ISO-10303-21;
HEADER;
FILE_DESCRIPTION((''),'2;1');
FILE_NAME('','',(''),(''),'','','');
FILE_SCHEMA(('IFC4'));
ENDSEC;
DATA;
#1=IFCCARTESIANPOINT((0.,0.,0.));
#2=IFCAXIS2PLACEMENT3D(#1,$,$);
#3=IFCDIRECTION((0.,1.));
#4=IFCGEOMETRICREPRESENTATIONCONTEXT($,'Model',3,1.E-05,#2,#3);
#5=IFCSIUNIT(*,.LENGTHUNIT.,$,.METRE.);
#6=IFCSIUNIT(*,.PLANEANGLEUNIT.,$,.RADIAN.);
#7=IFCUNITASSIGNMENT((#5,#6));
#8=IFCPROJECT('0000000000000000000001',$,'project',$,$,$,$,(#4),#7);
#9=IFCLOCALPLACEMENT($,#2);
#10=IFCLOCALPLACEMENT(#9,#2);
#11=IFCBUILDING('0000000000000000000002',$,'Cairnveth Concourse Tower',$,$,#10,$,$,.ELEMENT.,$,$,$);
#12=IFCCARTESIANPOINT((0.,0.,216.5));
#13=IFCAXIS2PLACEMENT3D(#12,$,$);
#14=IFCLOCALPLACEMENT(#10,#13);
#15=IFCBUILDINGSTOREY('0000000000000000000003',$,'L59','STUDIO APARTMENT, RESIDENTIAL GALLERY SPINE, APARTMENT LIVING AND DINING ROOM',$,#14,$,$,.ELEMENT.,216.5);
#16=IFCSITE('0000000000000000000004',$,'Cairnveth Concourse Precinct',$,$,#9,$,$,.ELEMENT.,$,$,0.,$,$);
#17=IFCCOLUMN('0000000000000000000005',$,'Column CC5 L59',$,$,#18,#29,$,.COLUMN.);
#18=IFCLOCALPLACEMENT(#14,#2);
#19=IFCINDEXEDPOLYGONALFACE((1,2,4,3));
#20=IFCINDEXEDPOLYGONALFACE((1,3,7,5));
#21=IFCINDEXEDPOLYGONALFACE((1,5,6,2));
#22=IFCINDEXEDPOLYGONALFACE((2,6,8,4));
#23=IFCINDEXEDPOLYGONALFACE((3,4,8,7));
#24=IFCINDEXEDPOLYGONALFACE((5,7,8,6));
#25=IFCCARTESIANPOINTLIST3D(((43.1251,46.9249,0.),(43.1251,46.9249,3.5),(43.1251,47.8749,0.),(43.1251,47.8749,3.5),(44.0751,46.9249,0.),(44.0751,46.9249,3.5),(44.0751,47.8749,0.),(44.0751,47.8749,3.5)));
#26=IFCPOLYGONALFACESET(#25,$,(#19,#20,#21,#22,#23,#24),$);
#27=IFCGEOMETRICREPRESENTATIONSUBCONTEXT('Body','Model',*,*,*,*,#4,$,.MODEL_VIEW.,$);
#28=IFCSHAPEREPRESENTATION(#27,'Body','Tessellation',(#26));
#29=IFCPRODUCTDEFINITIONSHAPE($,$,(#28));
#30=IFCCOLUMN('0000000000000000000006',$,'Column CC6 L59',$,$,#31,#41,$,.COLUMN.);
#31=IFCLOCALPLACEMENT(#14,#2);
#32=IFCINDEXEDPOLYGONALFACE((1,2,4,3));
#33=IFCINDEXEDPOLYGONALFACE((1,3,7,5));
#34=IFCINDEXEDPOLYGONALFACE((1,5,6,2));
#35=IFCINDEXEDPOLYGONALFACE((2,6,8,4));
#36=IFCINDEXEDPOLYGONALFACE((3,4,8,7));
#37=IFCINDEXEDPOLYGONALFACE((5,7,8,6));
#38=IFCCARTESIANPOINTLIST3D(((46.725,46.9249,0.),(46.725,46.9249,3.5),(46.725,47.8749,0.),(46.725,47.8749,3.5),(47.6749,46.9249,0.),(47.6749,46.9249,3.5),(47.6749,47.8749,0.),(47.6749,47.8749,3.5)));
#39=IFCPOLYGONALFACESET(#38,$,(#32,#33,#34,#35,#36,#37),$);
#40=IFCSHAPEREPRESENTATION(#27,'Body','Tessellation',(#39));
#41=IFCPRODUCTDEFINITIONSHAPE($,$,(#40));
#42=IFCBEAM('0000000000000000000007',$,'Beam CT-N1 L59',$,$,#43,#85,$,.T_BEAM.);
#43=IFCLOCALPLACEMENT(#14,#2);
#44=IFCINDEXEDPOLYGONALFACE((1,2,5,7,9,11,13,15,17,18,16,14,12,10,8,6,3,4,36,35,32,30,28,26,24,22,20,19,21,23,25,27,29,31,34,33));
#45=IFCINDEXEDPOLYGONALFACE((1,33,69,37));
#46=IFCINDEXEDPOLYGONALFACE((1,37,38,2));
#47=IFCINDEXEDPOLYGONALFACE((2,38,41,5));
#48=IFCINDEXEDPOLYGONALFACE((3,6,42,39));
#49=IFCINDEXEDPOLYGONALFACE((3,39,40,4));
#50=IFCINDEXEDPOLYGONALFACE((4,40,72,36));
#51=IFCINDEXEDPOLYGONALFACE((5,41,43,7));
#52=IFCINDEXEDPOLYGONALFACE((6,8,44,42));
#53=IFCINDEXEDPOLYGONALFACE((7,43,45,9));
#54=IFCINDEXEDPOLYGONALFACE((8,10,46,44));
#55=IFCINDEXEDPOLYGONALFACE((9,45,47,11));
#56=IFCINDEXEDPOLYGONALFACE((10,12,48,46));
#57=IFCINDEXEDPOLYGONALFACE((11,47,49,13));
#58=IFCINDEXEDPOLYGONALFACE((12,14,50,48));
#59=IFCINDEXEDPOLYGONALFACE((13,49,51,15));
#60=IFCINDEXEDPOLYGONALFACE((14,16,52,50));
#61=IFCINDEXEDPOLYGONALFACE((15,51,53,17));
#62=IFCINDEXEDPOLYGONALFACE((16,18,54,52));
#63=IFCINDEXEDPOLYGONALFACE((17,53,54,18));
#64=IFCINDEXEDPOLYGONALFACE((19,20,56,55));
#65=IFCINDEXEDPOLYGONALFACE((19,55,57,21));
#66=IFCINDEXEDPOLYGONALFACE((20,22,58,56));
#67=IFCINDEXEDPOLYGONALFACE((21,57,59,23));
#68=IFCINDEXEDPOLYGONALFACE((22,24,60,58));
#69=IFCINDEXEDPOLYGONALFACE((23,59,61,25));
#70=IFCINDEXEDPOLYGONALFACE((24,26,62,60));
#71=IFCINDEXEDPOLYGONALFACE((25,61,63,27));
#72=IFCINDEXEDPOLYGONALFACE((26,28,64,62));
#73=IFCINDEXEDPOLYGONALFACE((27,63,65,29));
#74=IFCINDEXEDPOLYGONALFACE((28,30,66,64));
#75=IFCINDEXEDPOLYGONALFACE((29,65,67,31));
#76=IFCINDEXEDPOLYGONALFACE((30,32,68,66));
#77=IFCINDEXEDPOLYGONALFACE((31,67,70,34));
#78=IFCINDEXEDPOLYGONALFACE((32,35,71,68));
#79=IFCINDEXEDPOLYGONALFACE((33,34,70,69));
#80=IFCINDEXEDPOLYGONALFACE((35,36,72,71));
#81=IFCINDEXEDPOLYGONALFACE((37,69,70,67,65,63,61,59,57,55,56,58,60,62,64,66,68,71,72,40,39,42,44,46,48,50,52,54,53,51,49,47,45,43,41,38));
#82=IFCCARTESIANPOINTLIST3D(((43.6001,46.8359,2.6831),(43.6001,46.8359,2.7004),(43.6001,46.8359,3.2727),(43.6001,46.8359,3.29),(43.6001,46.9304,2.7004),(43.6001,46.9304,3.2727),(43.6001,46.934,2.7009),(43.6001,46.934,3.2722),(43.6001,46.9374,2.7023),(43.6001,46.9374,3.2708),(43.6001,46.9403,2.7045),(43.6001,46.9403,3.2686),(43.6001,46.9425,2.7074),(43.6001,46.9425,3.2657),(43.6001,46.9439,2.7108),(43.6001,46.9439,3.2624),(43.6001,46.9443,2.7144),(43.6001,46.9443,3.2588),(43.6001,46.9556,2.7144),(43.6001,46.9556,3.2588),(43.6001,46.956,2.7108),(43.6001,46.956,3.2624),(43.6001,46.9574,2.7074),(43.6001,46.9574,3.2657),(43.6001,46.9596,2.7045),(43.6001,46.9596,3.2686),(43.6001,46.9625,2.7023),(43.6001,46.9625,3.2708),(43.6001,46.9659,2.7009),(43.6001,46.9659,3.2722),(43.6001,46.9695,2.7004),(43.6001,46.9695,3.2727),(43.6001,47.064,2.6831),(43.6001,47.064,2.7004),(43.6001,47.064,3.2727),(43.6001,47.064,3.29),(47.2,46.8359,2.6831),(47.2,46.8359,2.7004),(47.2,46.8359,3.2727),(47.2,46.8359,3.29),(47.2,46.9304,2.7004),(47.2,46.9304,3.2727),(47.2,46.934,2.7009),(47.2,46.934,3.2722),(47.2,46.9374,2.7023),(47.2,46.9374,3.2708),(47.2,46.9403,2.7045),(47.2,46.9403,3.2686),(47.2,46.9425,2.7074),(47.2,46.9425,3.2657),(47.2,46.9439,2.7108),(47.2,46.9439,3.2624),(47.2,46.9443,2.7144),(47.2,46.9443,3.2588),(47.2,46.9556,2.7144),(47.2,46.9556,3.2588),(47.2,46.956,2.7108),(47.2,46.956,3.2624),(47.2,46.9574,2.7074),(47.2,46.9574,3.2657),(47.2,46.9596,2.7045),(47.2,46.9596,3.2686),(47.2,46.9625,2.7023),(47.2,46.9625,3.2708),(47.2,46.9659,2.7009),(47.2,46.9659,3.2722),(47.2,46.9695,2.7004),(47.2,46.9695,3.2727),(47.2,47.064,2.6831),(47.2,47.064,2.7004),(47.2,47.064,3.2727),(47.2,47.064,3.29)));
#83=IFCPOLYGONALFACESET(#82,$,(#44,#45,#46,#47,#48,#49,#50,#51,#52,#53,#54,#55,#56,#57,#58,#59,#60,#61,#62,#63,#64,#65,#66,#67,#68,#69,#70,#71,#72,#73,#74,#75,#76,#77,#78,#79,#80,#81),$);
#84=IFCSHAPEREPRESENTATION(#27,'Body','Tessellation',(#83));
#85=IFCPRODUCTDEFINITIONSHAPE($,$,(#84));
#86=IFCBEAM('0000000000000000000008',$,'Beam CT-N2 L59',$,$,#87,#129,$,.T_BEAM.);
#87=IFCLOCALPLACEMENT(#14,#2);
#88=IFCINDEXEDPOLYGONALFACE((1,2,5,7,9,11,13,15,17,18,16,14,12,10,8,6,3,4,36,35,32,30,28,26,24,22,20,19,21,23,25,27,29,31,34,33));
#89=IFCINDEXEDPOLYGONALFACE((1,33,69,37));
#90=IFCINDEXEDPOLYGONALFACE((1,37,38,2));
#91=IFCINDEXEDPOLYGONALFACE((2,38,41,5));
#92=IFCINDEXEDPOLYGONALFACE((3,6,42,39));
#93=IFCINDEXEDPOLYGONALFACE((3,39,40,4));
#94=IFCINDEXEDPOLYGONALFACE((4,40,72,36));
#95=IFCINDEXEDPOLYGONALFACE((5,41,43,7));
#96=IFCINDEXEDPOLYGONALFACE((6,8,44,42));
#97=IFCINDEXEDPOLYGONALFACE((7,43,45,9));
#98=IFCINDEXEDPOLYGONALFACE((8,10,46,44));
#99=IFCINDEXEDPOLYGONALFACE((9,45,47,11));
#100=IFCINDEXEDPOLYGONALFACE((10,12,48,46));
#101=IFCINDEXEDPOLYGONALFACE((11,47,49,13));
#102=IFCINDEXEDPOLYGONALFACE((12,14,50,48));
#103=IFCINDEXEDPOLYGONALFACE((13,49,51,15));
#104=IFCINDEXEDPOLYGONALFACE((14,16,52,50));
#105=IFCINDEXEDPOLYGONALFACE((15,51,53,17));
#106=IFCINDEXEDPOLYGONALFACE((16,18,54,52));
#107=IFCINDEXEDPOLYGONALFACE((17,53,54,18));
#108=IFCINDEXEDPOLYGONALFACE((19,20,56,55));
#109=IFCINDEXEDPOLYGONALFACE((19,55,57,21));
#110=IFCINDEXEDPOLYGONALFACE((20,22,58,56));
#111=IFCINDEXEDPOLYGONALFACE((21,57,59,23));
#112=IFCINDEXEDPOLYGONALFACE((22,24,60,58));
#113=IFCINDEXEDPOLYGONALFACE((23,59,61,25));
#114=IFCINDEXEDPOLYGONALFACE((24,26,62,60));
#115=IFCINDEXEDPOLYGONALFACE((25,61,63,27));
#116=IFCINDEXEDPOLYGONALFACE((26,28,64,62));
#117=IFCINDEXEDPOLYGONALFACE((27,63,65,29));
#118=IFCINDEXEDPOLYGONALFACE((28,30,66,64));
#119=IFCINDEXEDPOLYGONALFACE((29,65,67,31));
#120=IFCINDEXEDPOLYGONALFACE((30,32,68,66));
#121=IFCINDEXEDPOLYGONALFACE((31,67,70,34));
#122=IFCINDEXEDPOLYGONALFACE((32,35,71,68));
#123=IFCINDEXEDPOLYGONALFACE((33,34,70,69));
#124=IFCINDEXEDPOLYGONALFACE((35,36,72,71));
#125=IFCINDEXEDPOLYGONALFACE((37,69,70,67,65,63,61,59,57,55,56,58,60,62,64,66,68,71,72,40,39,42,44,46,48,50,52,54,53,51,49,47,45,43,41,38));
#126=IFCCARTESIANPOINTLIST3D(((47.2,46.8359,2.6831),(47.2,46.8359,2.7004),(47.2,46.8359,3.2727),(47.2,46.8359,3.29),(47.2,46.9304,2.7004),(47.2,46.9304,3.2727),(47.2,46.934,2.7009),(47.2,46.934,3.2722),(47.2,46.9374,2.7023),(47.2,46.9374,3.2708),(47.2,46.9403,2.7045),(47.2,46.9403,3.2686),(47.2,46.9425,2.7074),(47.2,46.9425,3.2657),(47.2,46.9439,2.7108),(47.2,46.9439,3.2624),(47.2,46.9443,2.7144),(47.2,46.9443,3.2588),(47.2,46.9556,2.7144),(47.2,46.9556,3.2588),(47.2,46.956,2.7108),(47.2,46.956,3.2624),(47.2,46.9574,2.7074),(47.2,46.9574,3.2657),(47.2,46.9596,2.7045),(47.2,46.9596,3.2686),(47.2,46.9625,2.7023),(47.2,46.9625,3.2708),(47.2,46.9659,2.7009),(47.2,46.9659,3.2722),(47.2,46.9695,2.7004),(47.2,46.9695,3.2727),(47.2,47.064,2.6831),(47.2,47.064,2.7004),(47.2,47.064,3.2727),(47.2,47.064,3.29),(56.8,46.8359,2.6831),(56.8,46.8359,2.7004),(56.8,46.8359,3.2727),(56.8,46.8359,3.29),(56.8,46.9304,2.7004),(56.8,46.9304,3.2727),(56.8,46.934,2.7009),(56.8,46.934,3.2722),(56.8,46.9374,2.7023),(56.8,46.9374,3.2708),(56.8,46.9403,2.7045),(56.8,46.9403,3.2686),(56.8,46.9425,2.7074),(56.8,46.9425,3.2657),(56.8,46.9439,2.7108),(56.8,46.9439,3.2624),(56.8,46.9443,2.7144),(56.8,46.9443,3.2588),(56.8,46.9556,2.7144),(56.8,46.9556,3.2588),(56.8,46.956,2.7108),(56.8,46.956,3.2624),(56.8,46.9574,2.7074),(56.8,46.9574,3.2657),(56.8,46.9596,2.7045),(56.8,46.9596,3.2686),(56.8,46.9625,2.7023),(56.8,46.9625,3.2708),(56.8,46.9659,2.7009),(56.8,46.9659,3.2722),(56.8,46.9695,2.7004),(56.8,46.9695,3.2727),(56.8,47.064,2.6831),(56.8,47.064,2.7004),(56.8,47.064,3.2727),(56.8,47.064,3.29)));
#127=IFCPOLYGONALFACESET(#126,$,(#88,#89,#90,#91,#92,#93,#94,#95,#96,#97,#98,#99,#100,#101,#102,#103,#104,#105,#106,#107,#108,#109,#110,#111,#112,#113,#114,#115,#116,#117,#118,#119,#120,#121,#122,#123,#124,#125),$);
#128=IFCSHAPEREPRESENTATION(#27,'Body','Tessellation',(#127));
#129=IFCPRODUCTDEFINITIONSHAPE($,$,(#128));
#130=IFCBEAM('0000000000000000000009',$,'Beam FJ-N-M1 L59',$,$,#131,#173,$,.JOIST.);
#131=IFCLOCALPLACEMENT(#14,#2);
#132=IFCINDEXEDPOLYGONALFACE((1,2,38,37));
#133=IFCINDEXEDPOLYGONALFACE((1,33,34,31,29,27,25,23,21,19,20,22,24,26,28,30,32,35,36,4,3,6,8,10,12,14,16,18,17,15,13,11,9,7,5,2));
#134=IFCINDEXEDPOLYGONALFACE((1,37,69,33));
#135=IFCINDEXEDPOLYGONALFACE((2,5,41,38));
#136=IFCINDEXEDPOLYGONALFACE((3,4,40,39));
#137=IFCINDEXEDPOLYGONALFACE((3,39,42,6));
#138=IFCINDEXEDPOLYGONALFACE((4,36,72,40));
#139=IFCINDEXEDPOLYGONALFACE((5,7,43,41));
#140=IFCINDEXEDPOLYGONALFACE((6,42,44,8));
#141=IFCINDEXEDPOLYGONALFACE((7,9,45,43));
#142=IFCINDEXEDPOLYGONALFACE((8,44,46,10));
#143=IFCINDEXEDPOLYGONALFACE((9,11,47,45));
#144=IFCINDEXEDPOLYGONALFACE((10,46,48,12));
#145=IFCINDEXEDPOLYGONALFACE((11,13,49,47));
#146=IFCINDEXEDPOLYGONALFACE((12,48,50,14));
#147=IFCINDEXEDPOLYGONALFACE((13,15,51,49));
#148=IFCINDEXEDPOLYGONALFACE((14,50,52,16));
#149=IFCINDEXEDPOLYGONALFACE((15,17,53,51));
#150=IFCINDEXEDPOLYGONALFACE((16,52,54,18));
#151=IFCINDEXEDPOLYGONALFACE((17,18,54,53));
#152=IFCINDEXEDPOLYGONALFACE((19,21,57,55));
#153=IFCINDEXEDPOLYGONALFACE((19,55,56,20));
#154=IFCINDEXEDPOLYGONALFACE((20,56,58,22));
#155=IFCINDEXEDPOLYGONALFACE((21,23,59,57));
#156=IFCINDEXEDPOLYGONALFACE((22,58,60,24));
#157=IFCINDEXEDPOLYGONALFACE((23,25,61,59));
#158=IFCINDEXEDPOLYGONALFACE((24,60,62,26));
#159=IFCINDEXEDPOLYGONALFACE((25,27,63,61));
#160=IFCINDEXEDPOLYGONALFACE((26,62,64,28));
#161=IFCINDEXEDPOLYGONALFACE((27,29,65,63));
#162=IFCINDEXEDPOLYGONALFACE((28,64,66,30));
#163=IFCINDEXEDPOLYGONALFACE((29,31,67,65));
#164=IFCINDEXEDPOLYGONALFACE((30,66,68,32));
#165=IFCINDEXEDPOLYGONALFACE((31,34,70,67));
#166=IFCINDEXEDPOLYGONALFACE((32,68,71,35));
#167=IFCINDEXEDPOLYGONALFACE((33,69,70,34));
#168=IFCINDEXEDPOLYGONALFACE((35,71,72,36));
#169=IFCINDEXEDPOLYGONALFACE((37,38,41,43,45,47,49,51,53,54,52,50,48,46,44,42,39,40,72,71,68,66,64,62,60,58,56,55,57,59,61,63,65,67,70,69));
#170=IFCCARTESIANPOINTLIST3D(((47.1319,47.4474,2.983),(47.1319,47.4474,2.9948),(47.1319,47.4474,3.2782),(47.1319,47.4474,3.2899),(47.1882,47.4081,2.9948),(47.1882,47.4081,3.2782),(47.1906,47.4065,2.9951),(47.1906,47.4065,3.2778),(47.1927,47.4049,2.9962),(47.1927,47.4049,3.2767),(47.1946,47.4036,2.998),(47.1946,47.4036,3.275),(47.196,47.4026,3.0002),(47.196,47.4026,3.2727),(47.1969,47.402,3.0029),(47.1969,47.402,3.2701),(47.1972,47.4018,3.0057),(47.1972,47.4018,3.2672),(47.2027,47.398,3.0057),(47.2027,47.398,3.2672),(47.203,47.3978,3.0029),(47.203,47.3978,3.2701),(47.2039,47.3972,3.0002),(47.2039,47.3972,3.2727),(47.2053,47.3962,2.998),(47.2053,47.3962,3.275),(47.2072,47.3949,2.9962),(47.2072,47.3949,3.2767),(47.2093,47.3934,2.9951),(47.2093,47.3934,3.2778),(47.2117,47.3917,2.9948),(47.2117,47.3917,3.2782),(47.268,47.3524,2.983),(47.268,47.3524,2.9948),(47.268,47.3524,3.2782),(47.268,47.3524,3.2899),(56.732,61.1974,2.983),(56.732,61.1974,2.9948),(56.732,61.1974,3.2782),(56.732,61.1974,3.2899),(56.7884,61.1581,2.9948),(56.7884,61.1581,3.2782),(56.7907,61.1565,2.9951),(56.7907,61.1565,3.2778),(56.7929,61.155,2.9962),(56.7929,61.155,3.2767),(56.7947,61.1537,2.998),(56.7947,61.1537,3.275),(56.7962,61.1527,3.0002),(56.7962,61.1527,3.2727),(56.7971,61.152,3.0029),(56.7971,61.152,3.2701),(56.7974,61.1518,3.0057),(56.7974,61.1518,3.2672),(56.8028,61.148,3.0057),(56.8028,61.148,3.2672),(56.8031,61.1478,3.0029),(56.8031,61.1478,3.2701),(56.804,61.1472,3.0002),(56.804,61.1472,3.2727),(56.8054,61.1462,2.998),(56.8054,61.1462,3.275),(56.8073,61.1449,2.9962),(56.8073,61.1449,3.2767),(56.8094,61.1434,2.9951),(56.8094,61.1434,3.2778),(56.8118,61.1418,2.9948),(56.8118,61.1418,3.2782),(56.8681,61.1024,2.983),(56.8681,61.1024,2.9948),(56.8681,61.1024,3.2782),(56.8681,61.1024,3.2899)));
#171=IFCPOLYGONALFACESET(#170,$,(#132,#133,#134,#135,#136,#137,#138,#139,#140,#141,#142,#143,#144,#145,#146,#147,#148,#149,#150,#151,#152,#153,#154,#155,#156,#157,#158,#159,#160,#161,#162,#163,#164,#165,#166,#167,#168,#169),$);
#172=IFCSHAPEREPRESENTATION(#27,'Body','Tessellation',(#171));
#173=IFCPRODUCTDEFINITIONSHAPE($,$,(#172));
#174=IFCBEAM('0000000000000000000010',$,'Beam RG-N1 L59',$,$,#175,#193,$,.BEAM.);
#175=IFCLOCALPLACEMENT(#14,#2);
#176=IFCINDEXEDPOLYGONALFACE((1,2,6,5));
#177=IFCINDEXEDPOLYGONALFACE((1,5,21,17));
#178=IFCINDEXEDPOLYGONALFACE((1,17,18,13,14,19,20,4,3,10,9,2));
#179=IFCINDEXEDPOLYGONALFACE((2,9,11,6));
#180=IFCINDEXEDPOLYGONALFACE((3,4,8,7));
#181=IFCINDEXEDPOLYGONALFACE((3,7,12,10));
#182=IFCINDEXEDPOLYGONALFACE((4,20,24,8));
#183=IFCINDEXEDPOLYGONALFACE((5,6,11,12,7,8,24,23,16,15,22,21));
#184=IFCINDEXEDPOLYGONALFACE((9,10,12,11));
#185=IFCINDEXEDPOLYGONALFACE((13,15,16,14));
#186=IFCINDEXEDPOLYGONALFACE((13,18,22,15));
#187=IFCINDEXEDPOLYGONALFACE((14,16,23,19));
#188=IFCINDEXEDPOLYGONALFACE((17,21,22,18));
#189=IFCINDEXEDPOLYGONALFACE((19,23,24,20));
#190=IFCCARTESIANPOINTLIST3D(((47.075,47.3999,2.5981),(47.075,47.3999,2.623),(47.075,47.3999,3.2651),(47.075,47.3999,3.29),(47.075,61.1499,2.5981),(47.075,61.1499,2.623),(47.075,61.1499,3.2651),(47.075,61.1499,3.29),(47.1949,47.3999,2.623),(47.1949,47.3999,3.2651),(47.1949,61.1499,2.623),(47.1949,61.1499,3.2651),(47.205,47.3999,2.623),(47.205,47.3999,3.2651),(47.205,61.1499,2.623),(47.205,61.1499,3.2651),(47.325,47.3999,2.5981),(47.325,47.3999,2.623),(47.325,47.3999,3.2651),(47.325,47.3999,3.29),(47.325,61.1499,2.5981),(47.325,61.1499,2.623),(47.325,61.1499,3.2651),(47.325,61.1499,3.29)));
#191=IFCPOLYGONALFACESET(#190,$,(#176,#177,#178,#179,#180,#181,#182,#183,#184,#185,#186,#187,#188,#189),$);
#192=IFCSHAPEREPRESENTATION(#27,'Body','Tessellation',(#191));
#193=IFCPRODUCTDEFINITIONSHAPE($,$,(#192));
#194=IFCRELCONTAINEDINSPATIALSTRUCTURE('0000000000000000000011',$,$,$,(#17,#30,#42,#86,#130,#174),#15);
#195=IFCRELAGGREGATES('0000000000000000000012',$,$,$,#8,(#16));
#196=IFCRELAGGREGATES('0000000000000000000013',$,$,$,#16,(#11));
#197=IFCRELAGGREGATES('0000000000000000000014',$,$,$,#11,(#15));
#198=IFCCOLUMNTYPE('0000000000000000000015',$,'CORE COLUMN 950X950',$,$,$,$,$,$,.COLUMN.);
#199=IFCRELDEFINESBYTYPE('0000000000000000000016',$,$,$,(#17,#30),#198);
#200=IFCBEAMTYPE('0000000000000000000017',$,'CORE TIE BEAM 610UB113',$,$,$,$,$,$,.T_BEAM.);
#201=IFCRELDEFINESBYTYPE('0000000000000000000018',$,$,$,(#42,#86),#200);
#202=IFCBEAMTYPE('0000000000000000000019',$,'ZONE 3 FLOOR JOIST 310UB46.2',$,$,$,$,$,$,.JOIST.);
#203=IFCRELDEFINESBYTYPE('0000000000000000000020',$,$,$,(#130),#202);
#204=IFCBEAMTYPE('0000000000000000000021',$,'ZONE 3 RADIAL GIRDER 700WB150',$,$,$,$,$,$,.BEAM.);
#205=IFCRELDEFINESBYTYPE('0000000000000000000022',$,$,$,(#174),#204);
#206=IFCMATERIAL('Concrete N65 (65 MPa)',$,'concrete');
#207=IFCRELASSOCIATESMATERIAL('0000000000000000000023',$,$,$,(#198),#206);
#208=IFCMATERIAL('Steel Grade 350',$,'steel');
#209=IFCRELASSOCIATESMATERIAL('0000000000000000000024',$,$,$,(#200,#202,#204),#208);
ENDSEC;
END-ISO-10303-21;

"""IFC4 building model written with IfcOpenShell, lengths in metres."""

from ifc_helpers import new_model, si_unit, direction, frame, origin, origin_2d, place, context, subcontext, project, spatial, rectangle, i_section, extrude, material, material_profile, profile_set, type_object, element, save


model = new_model("IFC4")

# Units and contexts
model_context = context("Model", 3, precision=1e-05, world=origin(), true_north=direction((0.0, 1.0)))
body_context = subcontext(model_context, "Body", "Model", "MODEL_VIEW")
ifc_project = project(units=[si_unit("LENGTHUNIT", "METRE"), si_unit("PLANEANGLEUNIT", "RADIAN")], contexts=[model_context])

# Site, building, storey
site_placement = place(None, origin())
site = spatial("IfcSite", under=ifc_project, at=site_placement, Name="Cairnveth Concourse Precinct", CompositionType="ELEMENT", RefElevation=0.0)
building_placement = place(site_placement, origin())
building = spatial("IfcBuilding", under=site, at=building_placement, Name="Cairnveth Concourse Tower", CompositionType="ELEMENT")
storey_placement = place(building_placement, frame((0.0, 0.0, 216.5)))
storey = spatial("IfcBuildingStorey", under=building, at=storey_placement, Name="L59", Description="STUDIO APARTMENT, RESIDENTIAL GALLERY SPINE, APARTMENT LIVING AND DINING ROOM", CompositionType="ELEMENT", Elevation=216.5)

# Columns
ifc_material_1 = material(Name="Concrete N65 (65 MPa)", Category="concrete")
ifc_material_profile_1 = material_profile(ifc_material_1, rectangle(XDim=0.95, YDim=0.95, at=origin_2d()), Name="RC-COL-950x950")
ifc_profile_set_1 = profile_set([ifc_material_profile_1], Name="Concrete N65 (65 MPa)")
column_type = type_object("IfcColumnType", Name="CORE COLUMN 950X950", PredefinedType="COLUMN", material=ifc_profile_set_1)
for number, where, z_axis, x_axis, name in (
    (1, (43.6001, 47.3999, 0.0), (0.0, 0.0, 1.0), (1.0, 0.0, 0.0), "Column CC5 L59"),
    (2, (47.2, 47.3999, 0.0), (0.0, 0.0, 1.0), (1.0, 0.0, 0.0), "Column CC6 L59"),
):
    element("IfcColumn", number, at=place(storey_placement, frame(where, z_axis=z_axis, x_axis=x_axis)), inside=storey, type_object=column_type, Name=name, PredefinedType="COLUMN", context=body_context, shape_type="SweptSolid", body=[
        extrude(rectangle(XDim=0.95, YDim=0.95, at=origin_2d()), origin(), (0.0, 0.0, 1.0), 3.5),
    ])

# Beams
ifc_material_2 = material(Name="Steel Grade 350", Category="steel")
ifc_material_profile_2 = material_profile(ifc_material_2, i_section(OverallWidth=0.228, OverallDepth=0.6069, WebThickness=0.0112, FlangeThickness=0.0173, FilletRadius=0.0139, at=origin_2d()), Name="610UB113")
ifc_profile_set_2 = profile_set([ifc_material_profile_2], Name="Steel Grade 350")
beam_type_1 = type_object("IfcBeamType", Name="CORE TIE BEAM 610UB113", PredefinedType="T_BEAM", material=ifc_profile_set_2)
beam_1_placement = place(storey_placement, frame((43.6001, 46.95, 2.9866), z_axis=(1.0, 0.0, 0.0), x_axis=(0.0, 1.0, 0.0)))
element("IfcBeam", 3, at=beam_1_placement, inside=storey, type_object=beam_type_1, Name="Beam CT-N1 L59", PredefinedType="T_BEAM", context=body_context, shape_type="SweptSolid", body=[
    extrude(i_section(OverallWidth=0.228, OverallDepth=0.6069, WebThickness=0.0112, FlangeThickness=0.0173, FilletRadius=0.0139, at=origin_2d()), origin(), (0.0, 0.0, 1.0), 3.5999),
])
beam_2_placement = place(storey_placement, frame((47.2, 46.95, 2.9866), z_axis=(1.0, 0.0, 0.0), x_axis=(0.0, 1.0, 0.0)))
element("IfcBeam", 4, at=beam_2_placement, inside=storey, type_object=beam_type_1, Name="Beam CT-N2 L59", PredefinedType="T_BEAM", context=body_context, shape_type="SweptSolid", body=[
    extrude(i_section(OverallWidth=0.228, OverallDepth=0.6069, WebThickness=0.0112, FlangeThickness=0.0173, FilletRadius=0.0139, at=origin_2d()), origin(), (0.0, 0.0, 1.0), 9.6001),
])
ifc_material_profile_3 = material_profile(ifc_material_2, i_section(OverallWidth=0.166, OverallDepth=0.3069, WebThickness=0.0066, FlangeThickness=0.0117, FilletRadius=0.011, at=origin_2d()), Name="310UB46.2")
ifc_profile_set_3 = profile_set([ifc_material_profile_3], Name="Steel Grade 350")
beam_type_2 = type_object("IfcBeamType", Name="ZONE 3 FLOOR JOIST 310UB46.2", PredefinedType="JOIST", material=ifc_profile_set_3)
beam_3_placement = place(storey_placement, frame((47.2, 47.3999, 3.1365), z_axis=(0.572465, 0.819929, 0.0), x_axis=(-0.819929, 0.572465, 0.0)))
element("IfcBeam", 5, at=beam_3_placement, inside=storey, type_object=beam_type_2, Name="Beam FJ-N-M1 L59", PredefinedType="JOIST", context=body_context, shape_type="SweptSolid", body=[
    extrude(i_section(OverallWidth=0.166, OverallDepth=0.3069, WebThickness=0.0066, FlangeThickness=0.0117, FilletRadius=0.011, at=origin_2d()), origin(), (0.0, 0.0, 1.0), 16.7698),
])
ifc_material_profile_4 = material_profile(ifc_material_2, i_section(OverallWidth=0.25, OverallDepth=0.6919, WebThickness=0.01, FlangeThickness=0.0249, at=origin_2d()), Name="700WB150")
ifc_profile_set_4 = profile_set([ifc_material_profile_4], Name="Steel Grade 350")
beam_type_3 = type_object("IfcBeamType", Name="ZONE 3 RADIAL GIRDER 700WB150", PredefinedType="BEAM", material=ifc_profile_set_4)
beam_4_placement = place(storey_placement, frame((47.2, 47.3999, 2.9441), z_axis=(0.0, 1.0, 0.0), x_axis=(-1.0, 0.0, 0.0)))
element("IfcBeam", 6, at=beam_4_placement, inside=storey, type_object=beam_type_3, Name="Beam RG-N1 L59", PredefinedType="BEAM", context=body_context, shape_type="SweptSolid", body=[
    extrude(i_section(OverallWidth=0.25, OverallDepth=0.6919, WebThickness=0.01, FlangeThickness=0.0249, at=origin_2d()), origin(), (0.0, 0.0, 1.0), 13.75),
])

save(model, "model.ifc")
